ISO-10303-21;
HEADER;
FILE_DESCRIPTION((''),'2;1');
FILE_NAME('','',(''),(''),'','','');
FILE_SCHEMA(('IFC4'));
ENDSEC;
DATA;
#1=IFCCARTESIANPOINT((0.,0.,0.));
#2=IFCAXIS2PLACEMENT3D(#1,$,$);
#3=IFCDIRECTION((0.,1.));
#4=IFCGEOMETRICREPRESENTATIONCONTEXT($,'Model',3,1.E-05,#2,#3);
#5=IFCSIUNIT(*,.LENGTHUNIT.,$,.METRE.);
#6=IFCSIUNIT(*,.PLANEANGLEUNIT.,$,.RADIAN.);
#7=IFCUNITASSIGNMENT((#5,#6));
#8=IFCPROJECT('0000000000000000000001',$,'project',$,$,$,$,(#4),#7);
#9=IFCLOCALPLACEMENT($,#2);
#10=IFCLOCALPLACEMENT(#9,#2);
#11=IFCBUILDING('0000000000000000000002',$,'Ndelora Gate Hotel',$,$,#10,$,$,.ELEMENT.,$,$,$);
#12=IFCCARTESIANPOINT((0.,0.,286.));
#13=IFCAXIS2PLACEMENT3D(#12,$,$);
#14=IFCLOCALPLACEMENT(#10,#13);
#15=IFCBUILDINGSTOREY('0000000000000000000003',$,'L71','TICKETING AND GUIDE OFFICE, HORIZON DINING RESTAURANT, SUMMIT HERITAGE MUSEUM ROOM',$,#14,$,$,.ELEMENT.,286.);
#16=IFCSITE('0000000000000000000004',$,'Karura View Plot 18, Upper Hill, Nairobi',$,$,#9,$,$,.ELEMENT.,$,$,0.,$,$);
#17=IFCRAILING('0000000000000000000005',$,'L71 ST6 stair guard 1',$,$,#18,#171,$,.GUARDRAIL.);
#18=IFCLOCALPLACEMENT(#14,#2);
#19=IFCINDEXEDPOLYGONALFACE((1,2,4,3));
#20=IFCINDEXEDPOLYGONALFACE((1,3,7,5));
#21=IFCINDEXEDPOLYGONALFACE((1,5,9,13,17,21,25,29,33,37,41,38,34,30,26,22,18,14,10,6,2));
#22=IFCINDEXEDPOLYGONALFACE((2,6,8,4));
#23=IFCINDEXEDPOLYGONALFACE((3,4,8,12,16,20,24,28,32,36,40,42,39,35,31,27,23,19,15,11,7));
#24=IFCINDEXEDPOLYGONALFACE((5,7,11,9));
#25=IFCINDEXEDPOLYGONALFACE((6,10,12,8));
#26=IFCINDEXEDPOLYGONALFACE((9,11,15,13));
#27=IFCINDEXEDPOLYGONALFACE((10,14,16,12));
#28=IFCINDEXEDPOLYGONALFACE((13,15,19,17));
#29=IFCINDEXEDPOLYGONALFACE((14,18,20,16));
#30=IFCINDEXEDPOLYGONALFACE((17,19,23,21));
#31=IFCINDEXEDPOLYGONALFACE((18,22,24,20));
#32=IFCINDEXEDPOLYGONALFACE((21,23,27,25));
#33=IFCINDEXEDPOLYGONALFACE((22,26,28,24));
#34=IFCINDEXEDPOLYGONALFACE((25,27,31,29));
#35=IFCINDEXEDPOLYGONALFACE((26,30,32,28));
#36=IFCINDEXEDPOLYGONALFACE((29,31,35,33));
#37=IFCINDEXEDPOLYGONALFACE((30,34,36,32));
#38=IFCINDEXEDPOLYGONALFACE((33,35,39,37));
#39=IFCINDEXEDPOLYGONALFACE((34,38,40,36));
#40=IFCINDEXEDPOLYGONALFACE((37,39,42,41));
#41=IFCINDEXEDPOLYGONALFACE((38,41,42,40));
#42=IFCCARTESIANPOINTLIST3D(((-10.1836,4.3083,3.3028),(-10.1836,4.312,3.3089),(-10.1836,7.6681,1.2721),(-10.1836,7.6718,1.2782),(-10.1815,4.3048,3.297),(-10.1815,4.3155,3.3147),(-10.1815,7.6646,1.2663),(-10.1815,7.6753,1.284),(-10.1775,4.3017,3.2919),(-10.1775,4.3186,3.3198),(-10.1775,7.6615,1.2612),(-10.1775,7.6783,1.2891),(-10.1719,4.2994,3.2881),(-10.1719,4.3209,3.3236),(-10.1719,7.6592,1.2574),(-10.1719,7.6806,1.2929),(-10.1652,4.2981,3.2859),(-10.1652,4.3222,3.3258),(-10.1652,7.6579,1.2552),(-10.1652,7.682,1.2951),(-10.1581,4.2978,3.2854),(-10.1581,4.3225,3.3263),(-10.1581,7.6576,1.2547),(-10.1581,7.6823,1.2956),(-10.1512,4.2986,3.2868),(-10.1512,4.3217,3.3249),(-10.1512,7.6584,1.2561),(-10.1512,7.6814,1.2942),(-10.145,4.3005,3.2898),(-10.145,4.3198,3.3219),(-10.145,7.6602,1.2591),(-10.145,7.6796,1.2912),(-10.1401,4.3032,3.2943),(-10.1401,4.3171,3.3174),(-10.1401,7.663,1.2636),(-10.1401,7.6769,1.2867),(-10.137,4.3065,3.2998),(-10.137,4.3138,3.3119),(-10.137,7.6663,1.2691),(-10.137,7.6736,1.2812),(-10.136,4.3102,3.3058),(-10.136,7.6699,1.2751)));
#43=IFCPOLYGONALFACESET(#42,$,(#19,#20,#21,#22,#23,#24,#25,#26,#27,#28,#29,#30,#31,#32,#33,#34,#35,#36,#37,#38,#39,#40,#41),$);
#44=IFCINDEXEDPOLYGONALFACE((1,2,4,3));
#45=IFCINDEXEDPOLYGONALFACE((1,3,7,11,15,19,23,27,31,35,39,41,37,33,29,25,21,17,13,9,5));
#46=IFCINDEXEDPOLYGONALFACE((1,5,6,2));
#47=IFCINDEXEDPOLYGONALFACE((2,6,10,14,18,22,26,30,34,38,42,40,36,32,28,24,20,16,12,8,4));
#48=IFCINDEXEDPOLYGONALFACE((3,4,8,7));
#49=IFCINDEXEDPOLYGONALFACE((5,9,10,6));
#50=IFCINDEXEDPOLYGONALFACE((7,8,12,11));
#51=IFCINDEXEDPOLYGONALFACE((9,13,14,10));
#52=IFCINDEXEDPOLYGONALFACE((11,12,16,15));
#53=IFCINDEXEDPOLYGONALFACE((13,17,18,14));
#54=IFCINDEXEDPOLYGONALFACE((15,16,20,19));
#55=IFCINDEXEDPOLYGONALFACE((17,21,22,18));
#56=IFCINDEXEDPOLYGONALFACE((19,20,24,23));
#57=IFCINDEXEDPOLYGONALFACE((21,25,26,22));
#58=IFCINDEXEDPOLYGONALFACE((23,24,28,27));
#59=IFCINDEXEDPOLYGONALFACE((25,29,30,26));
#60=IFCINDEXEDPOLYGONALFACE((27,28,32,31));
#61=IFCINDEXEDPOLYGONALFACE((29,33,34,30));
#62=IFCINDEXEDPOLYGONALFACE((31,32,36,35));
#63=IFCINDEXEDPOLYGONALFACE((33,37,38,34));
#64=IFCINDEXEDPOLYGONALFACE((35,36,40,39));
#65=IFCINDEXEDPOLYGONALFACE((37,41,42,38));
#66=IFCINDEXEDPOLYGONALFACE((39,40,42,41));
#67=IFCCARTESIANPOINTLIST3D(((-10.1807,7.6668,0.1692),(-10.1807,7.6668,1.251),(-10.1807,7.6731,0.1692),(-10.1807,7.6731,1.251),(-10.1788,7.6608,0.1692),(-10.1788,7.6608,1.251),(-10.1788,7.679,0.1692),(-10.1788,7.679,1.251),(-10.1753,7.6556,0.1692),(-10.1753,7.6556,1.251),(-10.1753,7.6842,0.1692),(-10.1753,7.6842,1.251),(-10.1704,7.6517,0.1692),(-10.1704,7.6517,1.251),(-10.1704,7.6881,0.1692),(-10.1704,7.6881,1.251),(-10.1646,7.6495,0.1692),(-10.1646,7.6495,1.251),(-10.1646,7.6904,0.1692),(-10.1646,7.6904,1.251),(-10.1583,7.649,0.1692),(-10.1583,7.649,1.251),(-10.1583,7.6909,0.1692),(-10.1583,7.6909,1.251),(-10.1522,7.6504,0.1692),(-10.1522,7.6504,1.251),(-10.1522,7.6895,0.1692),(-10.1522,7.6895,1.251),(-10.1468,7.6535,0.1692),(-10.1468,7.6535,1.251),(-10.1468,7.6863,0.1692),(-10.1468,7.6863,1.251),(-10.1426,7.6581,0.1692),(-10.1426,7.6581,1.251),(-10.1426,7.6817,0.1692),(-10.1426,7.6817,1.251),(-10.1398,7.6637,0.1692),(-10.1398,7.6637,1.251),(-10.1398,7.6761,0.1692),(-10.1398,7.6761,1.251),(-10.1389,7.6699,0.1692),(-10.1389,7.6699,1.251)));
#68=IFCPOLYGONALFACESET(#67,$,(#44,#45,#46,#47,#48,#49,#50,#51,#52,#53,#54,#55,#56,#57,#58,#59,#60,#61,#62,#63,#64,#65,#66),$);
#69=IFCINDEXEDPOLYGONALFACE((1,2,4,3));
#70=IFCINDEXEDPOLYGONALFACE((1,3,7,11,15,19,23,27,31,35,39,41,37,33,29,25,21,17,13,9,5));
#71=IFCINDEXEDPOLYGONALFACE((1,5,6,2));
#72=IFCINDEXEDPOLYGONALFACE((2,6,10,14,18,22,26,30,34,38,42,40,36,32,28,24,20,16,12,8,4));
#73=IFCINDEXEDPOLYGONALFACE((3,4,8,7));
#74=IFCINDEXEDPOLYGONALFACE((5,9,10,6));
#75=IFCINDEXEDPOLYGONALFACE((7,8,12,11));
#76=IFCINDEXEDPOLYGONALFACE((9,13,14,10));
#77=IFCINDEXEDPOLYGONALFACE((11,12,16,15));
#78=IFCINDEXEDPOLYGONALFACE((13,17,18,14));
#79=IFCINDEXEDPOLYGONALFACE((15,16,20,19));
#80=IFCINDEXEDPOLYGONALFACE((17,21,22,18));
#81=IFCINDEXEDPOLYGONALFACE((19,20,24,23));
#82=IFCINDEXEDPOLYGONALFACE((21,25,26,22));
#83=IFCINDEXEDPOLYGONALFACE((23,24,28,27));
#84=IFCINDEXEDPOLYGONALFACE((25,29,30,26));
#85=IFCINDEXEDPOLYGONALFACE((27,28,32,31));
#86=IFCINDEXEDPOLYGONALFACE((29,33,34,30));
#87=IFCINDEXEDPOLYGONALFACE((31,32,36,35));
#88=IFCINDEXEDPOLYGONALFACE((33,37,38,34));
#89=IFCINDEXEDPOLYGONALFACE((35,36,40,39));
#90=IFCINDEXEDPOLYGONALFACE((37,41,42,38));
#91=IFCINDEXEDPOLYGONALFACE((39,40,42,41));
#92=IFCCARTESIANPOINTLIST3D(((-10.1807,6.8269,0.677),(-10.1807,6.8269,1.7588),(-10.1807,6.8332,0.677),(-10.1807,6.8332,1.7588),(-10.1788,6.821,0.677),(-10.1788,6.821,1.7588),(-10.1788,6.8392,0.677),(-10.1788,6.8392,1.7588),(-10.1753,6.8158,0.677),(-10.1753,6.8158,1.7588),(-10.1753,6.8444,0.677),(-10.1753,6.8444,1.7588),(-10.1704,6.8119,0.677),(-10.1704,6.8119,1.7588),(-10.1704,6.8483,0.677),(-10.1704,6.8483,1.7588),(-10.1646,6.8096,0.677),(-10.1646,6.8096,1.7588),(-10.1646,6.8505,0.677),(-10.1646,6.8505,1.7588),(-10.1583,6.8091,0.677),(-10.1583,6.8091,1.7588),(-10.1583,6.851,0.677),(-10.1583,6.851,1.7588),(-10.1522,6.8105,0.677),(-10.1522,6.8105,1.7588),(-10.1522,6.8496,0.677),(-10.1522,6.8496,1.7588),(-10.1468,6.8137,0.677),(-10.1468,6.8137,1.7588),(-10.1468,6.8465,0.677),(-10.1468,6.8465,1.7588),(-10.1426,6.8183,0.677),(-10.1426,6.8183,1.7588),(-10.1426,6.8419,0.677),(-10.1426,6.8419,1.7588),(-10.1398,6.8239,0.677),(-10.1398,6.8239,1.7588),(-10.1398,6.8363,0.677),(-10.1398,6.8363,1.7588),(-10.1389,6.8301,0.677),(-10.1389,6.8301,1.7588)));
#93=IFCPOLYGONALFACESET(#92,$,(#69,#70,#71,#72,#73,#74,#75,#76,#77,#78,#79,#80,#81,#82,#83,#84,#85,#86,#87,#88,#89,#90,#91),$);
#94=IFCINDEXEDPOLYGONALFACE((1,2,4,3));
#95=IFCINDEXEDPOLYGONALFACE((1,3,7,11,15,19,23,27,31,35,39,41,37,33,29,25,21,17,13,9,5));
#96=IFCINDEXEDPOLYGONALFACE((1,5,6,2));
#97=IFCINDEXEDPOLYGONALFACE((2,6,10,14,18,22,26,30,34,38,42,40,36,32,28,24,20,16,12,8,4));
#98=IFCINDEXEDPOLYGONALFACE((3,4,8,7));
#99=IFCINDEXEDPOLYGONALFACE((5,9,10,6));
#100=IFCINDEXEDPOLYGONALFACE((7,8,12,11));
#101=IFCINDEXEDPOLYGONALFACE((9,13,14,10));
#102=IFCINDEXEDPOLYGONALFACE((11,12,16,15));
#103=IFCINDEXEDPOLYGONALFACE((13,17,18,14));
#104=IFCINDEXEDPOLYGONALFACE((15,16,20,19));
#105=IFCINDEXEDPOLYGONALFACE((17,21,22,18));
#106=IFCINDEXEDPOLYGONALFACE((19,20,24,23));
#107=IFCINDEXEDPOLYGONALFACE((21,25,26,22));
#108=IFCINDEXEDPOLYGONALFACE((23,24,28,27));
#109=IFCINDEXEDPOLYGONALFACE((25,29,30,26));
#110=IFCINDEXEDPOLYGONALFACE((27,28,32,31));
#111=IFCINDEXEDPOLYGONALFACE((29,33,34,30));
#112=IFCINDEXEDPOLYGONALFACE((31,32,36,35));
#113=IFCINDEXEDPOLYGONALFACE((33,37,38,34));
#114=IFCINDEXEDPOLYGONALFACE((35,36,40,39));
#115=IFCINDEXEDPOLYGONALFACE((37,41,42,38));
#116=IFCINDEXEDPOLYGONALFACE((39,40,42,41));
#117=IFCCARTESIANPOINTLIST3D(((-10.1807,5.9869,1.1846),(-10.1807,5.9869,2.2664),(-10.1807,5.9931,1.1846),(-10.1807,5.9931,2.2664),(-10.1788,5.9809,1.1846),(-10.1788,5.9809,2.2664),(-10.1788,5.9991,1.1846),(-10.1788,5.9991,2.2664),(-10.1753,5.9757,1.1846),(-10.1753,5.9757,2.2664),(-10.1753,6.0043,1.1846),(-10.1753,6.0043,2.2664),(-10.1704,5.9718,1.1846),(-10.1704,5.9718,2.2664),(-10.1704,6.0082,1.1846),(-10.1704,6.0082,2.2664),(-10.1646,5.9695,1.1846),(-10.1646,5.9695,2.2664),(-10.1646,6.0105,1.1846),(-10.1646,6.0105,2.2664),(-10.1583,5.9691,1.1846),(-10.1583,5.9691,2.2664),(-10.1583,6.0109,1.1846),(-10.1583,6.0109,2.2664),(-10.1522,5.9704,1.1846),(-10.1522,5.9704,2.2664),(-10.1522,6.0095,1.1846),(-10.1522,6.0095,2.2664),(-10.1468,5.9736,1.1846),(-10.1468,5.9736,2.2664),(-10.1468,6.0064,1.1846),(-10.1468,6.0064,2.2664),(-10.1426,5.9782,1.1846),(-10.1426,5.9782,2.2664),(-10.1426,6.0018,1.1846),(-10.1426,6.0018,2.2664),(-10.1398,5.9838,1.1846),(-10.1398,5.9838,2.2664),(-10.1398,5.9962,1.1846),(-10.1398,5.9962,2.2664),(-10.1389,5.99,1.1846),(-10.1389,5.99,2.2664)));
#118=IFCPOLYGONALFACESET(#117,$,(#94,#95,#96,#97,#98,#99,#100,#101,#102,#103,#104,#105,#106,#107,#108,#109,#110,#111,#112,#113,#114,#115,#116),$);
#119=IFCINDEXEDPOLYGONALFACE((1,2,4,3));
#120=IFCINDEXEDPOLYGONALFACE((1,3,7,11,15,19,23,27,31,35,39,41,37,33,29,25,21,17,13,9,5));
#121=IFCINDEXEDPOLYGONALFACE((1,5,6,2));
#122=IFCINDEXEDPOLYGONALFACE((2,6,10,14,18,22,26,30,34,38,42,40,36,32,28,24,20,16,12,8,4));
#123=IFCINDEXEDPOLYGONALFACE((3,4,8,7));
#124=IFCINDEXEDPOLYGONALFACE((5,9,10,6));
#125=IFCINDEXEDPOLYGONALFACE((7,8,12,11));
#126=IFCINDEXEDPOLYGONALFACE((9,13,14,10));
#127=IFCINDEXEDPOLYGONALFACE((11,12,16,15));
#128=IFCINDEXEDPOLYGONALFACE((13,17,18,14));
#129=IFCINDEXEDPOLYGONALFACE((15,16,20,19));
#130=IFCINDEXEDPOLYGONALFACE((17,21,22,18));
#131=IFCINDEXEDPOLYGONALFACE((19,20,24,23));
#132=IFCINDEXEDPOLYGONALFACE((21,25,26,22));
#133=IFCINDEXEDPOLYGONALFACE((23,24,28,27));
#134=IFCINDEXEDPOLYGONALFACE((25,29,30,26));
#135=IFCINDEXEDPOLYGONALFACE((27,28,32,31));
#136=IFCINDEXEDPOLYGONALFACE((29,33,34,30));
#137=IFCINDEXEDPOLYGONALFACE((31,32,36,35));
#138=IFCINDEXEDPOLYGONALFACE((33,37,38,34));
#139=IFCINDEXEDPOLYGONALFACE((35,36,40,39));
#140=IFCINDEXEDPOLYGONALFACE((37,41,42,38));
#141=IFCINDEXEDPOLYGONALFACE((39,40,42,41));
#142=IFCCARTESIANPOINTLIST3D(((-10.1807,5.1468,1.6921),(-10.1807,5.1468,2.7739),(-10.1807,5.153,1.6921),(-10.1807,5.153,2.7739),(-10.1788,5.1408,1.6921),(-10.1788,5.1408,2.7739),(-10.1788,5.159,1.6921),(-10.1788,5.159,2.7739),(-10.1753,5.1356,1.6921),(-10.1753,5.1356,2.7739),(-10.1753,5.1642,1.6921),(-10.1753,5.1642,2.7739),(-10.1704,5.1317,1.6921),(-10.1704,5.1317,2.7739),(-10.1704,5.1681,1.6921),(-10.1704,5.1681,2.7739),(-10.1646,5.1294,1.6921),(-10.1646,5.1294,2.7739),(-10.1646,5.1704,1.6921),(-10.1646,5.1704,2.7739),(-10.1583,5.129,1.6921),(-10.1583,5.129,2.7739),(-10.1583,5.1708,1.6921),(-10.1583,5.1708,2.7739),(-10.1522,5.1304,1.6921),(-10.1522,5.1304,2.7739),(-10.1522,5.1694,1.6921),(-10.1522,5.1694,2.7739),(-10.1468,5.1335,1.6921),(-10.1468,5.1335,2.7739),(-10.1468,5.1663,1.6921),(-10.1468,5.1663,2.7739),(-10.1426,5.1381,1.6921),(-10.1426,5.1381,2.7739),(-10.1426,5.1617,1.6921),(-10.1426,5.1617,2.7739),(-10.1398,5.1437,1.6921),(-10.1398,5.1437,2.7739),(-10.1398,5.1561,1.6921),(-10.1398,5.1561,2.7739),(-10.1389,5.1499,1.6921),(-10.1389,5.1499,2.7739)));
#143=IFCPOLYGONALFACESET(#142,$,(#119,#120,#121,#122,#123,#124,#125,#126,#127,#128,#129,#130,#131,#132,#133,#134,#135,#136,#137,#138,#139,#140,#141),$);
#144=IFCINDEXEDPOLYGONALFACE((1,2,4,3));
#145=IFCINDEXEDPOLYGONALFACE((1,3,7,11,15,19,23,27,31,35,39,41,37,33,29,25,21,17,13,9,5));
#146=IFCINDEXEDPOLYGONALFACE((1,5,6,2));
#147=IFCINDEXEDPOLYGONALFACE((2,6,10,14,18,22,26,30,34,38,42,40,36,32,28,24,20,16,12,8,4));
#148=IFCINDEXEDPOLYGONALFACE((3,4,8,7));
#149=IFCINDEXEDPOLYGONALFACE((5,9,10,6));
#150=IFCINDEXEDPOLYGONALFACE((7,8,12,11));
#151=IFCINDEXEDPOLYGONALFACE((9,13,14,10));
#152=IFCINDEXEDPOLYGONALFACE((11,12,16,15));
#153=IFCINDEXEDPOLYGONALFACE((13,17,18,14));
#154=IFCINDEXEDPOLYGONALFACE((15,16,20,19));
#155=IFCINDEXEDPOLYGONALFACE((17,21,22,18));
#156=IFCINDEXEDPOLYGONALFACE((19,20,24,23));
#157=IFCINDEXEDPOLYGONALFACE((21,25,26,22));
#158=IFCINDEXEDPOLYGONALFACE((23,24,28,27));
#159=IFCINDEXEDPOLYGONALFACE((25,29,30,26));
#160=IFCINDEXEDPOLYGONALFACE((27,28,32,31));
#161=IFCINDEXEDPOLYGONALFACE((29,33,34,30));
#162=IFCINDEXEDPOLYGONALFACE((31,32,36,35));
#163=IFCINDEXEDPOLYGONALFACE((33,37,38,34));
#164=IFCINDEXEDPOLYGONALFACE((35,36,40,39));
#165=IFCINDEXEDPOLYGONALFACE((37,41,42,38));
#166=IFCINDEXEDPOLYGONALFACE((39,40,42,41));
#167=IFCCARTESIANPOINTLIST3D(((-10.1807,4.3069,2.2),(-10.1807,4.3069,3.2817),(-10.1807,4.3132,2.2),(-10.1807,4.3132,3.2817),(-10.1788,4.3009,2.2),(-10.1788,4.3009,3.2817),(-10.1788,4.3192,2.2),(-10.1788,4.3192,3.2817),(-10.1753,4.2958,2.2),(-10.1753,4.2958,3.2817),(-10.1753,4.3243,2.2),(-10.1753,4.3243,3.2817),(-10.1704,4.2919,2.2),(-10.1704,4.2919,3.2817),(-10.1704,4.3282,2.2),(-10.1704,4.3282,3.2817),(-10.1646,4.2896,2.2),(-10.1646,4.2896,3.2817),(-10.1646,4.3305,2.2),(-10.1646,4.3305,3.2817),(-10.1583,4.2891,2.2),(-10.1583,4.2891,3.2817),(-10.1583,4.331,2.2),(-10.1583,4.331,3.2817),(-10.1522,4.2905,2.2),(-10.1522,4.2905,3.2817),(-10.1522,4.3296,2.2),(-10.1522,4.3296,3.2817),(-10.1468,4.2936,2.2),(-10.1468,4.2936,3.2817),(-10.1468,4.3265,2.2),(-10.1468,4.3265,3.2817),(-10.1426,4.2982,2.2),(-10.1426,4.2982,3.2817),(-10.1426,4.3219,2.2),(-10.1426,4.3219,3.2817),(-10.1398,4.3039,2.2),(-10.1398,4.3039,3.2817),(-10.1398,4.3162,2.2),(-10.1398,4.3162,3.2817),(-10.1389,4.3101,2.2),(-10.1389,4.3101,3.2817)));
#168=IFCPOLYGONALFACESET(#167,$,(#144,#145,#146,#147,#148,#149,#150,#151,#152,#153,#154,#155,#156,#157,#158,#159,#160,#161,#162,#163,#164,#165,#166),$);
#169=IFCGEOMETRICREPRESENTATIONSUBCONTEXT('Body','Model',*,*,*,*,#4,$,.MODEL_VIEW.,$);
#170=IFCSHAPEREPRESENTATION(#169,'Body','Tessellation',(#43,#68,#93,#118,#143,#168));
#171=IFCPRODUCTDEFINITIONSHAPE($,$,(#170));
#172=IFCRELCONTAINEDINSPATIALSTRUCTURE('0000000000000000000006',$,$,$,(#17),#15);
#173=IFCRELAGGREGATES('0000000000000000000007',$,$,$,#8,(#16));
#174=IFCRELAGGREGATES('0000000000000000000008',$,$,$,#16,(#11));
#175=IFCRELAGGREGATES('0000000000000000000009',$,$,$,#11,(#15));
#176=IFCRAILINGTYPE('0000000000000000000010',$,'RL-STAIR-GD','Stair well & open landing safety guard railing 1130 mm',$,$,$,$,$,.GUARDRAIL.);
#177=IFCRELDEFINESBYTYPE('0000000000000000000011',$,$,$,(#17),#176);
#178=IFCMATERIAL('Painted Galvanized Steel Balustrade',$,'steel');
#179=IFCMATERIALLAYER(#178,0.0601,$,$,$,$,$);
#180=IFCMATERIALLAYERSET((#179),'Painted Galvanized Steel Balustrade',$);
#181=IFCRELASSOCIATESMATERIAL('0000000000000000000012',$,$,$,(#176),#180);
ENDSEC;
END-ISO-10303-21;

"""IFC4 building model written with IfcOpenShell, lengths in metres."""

from ifc_helpers import new_model, si_unit, direction, frame, origin, origin_2d, place, context, subcontext, project, spatial, circle, extrude, material, layer, layer_set, type_object, element, save


model = new_model("IFC4")

# Units and contexts
model_context = context("Model", 3, precision=1e-05, world=origin(), true_north=direction((0.0, 1.0)))
body_context = subcontext(model_context, "Body", "Model", "MODEL_VIEW")
ifc_project = project(units=[si_unit("LENGTHUNIT", "METRE"), si_unit("PLANEANGLEUNIT", "RADIAN")], contexts=[model_context])

# Site, building, storey
site_placement = place(None, origin())
site = spatial("IfcSite", under=ifc_project, at=site_placement, Name="Karura View Plot 18, Upper Hill, Nairobi", CompositionType="ELEMENT", RefElevation=0.0)
building_placement = place(site_placement, origin())
building = spatial("IfcBuilding", under=site, at=building_placement, Name="Ndelora Gate Hotel", CompositionType="ELEMENT")
storey_placement = place(building_placement, frame((0.0, 0.0, 286.0)))
storey = spatial("IfcBuildingStorey", under=building, at=storey_placement, Name="L71", Description="TICKETING AND GUIDE OFFICE, HORIZON DINING RESTAURANT, SUMMIT HERITAGE MUSEUM ROOM", CompositionType="ELEMENT", Elevation=286.0)

# Railing
ifc_material_1 = material(Name="Painted Galvanized Steel Balustrade", Category="steel")
ifc_layer_1 = layer(ifc_material_1, 0.0601)
ifc_layer_set_1 = layer_set([ifc_layer_1], Name="Painted Galvanized Steel Balustrade")
railing_type_1 = type_object("IfcRailingType", Name="RL-STAIR-GD", Description="Stair well & open landing safety guard railing 1130 mm", PredefinedType="GUARDRAIL", material=ifc_layer_set_1)
railing_1_placement = place(storey_placement, frame((-10.1599, 7.6699, 0.1692)))
element("IfcRailing", 1, at=railing_1_placement, inside=storey, type_object=railing_type_1, Name="L71 ST6 stair guard 1", PredefinedType="GUARDRAIL", context=body_context, shape_type="SweptSolid", body=[
    extrude(circle(Radius=0.0239, at=origin_2d()), frame((0.0, 0.0, 1.106), z_axis=(0.0, -0.85582, 0.517273), x_axis=(1.0, 0.0, 0.0)), (0.0, 0.0, 1.0), 3.9258),
    extrude(circle(Radius=0.021, at=origin_2d()), origin(), (0.0, 0.0, 1.0), 1.0818),
    extrude(circle(Radius=0.021, at=origin_2d()), frame((0.0, -0.8398, 0.5078)), (0.0, 0.0, 1.0), 1.0818),
    extrude(circle(Radius=0.021, at=origin_2d()), frame((0.0, -1.6799, 1.0154)), (0.0, 0.0, 1.0), 1.0818),
    extrude(circle(Radius=0.021, at=origin_2d()), frame((0.0, -2.52, 1.5229)), (0.0, 0.0, 1.0), 1.0818),
    extrude(circle(Radius=0.021, at=origin_2d()), frame((0.0, -3.3599, 2.0308)), (0.0, 0.0, 1.0), 1.0818),
])

save(model, "model.ifc")
